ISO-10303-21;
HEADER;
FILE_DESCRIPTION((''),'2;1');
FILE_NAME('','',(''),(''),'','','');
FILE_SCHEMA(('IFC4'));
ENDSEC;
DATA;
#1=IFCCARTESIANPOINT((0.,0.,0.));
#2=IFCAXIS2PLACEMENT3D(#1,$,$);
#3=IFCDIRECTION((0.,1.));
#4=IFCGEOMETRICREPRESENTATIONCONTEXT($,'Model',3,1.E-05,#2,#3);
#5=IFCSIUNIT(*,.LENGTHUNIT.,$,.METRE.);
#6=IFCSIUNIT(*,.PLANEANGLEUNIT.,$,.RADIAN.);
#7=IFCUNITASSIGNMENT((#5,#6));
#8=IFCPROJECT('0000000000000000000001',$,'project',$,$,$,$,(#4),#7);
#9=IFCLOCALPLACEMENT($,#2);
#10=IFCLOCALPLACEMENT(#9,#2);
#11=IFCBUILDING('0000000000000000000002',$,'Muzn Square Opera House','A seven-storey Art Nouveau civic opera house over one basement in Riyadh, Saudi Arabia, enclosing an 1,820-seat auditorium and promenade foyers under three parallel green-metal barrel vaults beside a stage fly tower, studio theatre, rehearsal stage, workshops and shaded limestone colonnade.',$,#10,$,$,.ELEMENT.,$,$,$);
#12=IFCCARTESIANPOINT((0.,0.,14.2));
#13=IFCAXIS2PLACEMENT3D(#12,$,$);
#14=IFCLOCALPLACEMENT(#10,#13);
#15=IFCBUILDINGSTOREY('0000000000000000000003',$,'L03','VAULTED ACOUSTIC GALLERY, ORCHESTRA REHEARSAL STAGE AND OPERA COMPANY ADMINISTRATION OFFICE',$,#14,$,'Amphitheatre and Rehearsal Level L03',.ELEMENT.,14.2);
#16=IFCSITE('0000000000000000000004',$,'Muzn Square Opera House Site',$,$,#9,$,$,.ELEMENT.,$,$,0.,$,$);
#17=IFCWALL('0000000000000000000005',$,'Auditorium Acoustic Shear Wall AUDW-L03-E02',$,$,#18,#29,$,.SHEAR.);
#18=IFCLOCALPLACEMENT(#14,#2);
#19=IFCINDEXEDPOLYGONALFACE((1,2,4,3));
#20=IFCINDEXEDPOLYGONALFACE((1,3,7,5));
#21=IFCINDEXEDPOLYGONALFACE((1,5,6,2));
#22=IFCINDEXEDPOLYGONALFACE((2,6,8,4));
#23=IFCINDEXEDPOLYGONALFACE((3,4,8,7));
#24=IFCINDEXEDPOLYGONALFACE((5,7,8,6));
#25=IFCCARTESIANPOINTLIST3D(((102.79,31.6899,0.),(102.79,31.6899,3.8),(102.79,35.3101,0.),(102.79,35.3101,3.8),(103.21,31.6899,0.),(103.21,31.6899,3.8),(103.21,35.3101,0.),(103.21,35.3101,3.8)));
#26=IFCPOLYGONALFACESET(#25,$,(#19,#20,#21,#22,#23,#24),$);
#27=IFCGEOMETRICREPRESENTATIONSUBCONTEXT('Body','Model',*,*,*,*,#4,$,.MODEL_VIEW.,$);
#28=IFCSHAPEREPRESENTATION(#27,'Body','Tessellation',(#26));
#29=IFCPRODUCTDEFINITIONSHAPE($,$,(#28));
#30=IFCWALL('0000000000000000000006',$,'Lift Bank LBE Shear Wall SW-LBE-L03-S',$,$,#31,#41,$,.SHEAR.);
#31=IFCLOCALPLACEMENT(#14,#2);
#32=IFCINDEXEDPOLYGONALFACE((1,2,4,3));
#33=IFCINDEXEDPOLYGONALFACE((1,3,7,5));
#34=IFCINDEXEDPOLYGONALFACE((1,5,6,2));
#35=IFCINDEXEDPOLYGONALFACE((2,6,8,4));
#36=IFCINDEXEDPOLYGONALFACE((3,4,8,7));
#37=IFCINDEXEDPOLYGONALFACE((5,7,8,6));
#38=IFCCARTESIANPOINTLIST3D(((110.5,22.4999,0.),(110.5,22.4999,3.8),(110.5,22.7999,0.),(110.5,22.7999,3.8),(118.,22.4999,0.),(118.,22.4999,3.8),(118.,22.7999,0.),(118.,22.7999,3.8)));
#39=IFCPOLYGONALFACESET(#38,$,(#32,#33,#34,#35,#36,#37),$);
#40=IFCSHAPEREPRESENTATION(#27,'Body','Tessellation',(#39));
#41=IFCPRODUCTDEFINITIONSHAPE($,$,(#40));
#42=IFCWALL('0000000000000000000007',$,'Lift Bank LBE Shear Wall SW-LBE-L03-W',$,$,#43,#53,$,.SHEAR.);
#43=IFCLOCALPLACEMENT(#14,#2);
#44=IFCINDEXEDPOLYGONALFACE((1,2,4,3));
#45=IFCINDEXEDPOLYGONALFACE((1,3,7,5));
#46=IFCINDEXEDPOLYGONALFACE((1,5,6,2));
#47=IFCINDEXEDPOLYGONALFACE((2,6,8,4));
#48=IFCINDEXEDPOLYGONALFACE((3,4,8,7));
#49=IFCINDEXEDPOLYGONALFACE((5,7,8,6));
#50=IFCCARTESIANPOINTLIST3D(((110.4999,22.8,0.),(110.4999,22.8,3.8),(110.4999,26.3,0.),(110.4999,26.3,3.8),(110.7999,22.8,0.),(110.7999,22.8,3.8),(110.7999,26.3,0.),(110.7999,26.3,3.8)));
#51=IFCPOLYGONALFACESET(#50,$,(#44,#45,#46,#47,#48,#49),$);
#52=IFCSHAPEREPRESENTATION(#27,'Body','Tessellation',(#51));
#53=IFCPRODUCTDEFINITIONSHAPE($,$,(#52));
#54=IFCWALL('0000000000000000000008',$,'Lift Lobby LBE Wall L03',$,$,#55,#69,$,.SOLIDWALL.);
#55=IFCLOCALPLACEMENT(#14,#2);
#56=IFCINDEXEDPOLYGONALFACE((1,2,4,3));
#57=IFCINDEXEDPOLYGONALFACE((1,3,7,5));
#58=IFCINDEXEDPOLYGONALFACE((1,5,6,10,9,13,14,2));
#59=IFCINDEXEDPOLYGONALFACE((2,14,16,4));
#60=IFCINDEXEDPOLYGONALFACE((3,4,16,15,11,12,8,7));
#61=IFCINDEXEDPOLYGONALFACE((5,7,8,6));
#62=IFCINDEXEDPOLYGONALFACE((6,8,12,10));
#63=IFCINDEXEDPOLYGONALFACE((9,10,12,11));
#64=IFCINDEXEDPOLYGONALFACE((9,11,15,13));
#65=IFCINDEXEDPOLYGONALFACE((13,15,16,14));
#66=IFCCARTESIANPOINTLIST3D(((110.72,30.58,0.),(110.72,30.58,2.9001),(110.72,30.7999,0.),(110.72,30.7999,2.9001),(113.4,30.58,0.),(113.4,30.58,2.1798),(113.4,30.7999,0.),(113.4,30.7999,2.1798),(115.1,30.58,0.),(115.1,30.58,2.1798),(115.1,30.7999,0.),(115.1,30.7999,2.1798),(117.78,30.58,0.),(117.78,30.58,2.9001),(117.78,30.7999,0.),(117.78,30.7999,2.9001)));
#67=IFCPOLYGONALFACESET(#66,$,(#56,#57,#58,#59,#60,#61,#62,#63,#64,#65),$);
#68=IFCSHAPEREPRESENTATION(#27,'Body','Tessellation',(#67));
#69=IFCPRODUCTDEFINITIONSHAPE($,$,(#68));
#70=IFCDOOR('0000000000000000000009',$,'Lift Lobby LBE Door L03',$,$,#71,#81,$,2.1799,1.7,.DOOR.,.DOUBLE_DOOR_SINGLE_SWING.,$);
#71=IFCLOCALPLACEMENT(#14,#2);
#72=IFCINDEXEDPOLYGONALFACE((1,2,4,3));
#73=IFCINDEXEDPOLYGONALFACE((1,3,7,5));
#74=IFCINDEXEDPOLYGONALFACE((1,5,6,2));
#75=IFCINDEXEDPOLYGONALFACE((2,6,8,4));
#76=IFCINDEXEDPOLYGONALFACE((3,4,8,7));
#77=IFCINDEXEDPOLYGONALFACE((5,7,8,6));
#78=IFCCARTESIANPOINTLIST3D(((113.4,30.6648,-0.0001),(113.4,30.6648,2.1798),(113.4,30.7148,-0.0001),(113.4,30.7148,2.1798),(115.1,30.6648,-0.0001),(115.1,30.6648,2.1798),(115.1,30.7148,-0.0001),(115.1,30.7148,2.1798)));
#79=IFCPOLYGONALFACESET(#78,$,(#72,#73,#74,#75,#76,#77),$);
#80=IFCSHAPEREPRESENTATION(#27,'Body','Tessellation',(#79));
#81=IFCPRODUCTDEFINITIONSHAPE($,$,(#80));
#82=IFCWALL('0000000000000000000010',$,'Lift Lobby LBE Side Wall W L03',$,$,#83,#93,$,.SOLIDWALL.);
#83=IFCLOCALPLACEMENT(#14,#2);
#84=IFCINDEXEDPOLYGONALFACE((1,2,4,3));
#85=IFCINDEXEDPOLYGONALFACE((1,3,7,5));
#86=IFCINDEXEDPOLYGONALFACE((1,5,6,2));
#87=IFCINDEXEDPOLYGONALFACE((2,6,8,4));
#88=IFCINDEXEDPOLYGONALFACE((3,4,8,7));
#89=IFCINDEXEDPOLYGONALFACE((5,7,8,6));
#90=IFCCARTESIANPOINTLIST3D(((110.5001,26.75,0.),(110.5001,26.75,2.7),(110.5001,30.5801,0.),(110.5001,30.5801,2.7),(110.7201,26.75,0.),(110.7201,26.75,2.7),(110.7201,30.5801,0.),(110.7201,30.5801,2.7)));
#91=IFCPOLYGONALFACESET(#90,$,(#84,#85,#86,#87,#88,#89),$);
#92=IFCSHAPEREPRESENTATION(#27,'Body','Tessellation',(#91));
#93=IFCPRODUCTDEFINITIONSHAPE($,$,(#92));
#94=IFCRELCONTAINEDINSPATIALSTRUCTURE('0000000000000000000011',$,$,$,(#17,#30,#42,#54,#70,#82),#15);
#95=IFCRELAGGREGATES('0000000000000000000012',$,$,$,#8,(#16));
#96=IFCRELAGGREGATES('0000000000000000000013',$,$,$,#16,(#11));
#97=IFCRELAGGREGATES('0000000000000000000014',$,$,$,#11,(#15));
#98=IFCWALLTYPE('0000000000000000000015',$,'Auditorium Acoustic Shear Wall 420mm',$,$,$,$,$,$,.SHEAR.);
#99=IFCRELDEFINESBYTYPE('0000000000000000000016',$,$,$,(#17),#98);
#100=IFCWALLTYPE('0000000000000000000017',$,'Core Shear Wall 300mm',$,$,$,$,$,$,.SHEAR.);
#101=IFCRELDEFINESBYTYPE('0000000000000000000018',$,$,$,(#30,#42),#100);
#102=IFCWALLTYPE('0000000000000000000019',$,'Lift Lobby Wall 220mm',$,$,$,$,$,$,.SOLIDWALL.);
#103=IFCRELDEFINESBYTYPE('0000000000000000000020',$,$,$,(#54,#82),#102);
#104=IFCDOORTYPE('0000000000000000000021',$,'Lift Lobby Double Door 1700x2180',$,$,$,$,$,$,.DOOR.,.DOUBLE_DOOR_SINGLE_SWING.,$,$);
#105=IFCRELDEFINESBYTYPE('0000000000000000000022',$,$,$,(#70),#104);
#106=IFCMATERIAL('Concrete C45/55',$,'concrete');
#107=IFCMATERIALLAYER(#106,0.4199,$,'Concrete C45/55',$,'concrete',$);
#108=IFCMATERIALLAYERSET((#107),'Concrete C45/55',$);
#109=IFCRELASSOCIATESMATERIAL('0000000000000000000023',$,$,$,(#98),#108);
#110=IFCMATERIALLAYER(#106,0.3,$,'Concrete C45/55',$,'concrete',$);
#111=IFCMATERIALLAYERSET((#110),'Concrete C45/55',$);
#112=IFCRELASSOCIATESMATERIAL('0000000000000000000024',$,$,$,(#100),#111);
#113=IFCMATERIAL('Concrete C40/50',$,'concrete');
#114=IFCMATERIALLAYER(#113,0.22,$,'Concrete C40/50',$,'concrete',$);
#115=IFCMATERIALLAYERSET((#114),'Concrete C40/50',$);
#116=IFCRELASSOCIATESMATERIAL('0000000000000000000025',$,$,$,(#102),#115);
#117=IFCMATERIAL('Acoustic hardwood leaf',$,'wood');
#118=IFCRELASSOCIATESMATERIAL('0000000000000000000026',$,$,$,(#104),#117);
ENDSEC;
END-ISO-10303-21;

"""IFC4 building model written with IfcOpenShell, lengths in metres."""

from ifc_helpers import new_model, si_unit, direction, frame, frame_2d, origin, place, context, subcontext, project, spatial, rectangle, extrude, material, layer, layer_set, type_object, element, fill, save


model = new_model("IFC4")

# Units and contexts
model_context = context("Model", 3, precision=1e-05, world=origin(), true_north=direction((0.0, 1.0)))
body_context = subcontext(model_context, "Body", "Model", "MODEL_VIEW")
ifc_project = project(units=[si_unit("LENGTHUNIT", "METRE"), si_unit("PLANEANGLEUNIT", "RADIAN")], contexts=[model_context])

# Site, building, storey
site_placement = place(None, origin())
site = spatial("IfcSite", under=ifc_project, at=site_placement, Name="Muzn Square Opera House Site", CompositionType="ELEMENT", RefElevation=0.0)
building_placement = place(site_placement, origin())
building = spatial("IfcBuilding", under=site, at=building_placement, Name="Muzn Square Opera House", Description="A seven-storey Art Nouveau civic opera house over one basement in Riyadh, Saudi Arabia, enclosing an 1,820-seat auditorium and promenade foyers under three parallel green-metal barrel vaults beside a stage fly tower, studio theatre, rehearsal stage, workshops and shaded limestone colonnade.", CompositionType="ELEMENT")
storey_placement = place(building_placement, frame((0.0, 0.0, 14.2)))
storey = spatial("IfcBuildingStorey", under=building, at=storey_placement, Name="L03", Description="VAULTED ACOUSTIC GALLERY, ORCHESTRA REHEARSAL STAGE AND OPERA COMPANY ADMINISTRATION OFFICE", LongName="Amphitheatre and Rehearsal Level L03", CompositionType="ELEMENT", Elevation=14.2)

# Shared definitions
ifc_material_1 = material(Name="Concrete C45/55", Category="concrete")

# Shared definitions
ifc_material_2 = material(Name="Concrete C40/50", Category="concrete")

# Walls
ifc_layer_1 = layer(ifc_material_1, 0.4199, Name="Concrete C45/55", Category="concrete")
ifc_layer_set_1 = layer_set([ifc_layer_1], Name="Concrete C45/55")
wall_type_1 = type_object("IfcWallType", Name="Auditorium Acoustic Shear Wall 420mm", PredefinedType="SHEAR", material=ifc_layer_set_1)
for number, where, z_axis, x_axis, name in (
    (1, (103.0, 31.6899, 0.0), (0.0, 0.0, 1.0), (0.0, 1.0, 0.0), "Auditorium Acoustic Shear Wall AUDW-L03-E02"),
):
    element("IfcWall", number, at=place(storey_placement, frame(where, z_axis=z_axis, x_axis=x_axis)), inside=storey, type_object=wall_type_1, Name=name, PredefinedType="SHEAR", context=body_context, shape_type="SweptSolid", body=[
        extrude(rectangle(XDim=3.6201, YDim=0.4199, at=frame_2d((1.8101, 0.0))), origin(), (0.0, 0.0, 1.0), 3.8),
    ])
ifc_layer_2 = layer(ifc_material_1, 0.3, Name="Concrete C45/55", Category="concrete")
ifc_layer_set_2 = layer_set([ifc_layer_2], Name="Concrete C45/55")
wall_type_2 = type_object("IfcWallType", Name="Core Shear Wall 300mm", PredefinedType="SHEAR", material=ifc_layer_set_2)
wall_1_placement = place(storey_placement, frame((110.5, 22.6499, 0.0), z_axis=(0.0, 0.0, 1.0), x_axis=(1.0, 0.0, 0.0)))
element("IfcWall", 2, at=wall_1_placement, inside=storey, type_object=wall_type_2, Name="Lift Bank LBE Shear Wall SW-LBE-L03-S", PredefinedType="SHEAR", context=body_context, shape_type="SweptSolid", body=[
    extrude(rectangle(XDim=7.5, YDim=0.3, at=frame_2d((3.75, 0.0))), origin(), (0.0, 0.0, 1.0), 3.8),
])
wall_2_placement = place(storey_placement, frame((110.6499, 22.8, 0.0), z_axis=(0.0, 0.0, 1.0), x_axis=(0.0, 1.0, 0.0)))
element("IfcWall", 3, at=wall_2_placement, inside=storey, type_object=wall_type_2, Name="Lift Bank LBE Shear Wall SW-LBE-L03-W", PredefinedType="SHEAR", context=body_context, shape_type="SweptSolid", body=[
    extrude(rectangle(XDim=3.5, YDim=0.3, at=frame_2d((1.75, 0.0))), origin(), (0.0, 0.0, 1.0), 3.8),
])

# Wall, opening, door
ifc_layer_3 = layer(ifc_material_2, 0.22, Name="Concrete C40/50", Category="concrete")
ifc_layer_set_3 = layer_set([ifc_layer_3], Name="Concrete C40/50")
wall_type_3 = type_object("IfcWallType", Name="Lift Lobby Wall 220mm", PredefinedType="SOLIDWALL", material=ifc_layer_set_3)
wall_3_placement = place(storey_placement, frame((110.72, 30.6899, 0.0), z_axis=(0.0, 0.0, 1.0), x_axis=(1.0, 0.0, 0.0)))
wall_3 = element("IfcWall", 4, at=wall_3_placement, inside=storey, type_object=wall_type_3, Name="Lift Lobby LBE Wall L03", PredefinedType="SOLIDWALL", context=body_context, shape_type="SweptSolid", body=[
    extrude(rectangle(XDim=7.0601, YDim=0.22, at=frame_2d((3.53, 0.0))), origin(), (0.0, 0.0, 1.0), 2.9001),
])
opening_1_placement = place(wall_3_placement, frame((2.6799, 0.0, 0.0)))
opening_1 = element("IfcOpeningElement", 5, at=opening_1_placement, cuts=wall_3, PredefinedType="OPENING", context=body_context, shape_type="SweptSolid", body=[
    extrude(rectangle(XDim=1.7, YDim=2.1799, at=frame_2d((0.8501, 1.0898))), frame((0.0, 0.1199, 0.0), z_axis=(0.0, -1.0, 0.0), x_axis=(1.0, 0.0, 0.0)), (0.0, 0.0, 1.0), 0.24),
])
ifc_material_3 = material(Name="Acoustic hardwood leaf", Category="wood")
door_type_1 = type_object("IfcDoorType", Name="Lift Lobby Double Door 1700x2180", OperationType="DOUBLE_DOOR_SINGLE_SWING", PredefinedType="DOOR", material=ifc_material_3)
door_1_placement = place(opening_1_placement, origin())
door_1 = element("IfcDoor", 6, at=door_1_placement, inside=storey, type_object=door_type_1, Name="Lift Lobby LBE Door L03", OperationType="DOUBLE_DOOR_SINGLE_SWING", OverallHeight=2.1799, OverallWidth=1.7, PredefinedType="DOOR", context=body_context, shape_type="SweptSolid", body=[
    extrude(rectangle(XDim=1.7, YDim=2.1799, at=frame_2d((0.8501, 1.0898))), frame((0.0, 0.0249, 0.0), z_axis=(0.0, -1.0, 0.0), x_axis=(1.0, 0.0, 0.0)), (0.0, 0.0, 1.0), 0.05),
])
fill(opening_1, door_1)

# Wall
wall_4_placement = place(storey_placement, frame((110.6101, 26.75, 0.0), z_axis=(0.0, 0.0, 1.0), x_axis=(0.0, 1.0, 0.0)))
element("IfcWall", 7, at=wall_4_placement, inside=storey, type_object=wall_type_3, Name="Lift Lobby LBE Side Wall W L03", PredefinedType="SOLIDWALL", context=body_context, shape_type="SweptSolid", body=[
    extrude(rectangle(XDim=3.8301, YDim=0.22, at=frame_2d((1.915, 0.0))), origin(), (0.0, 0.0, 1.0), 2.7),
])

save(model, "model.ifc")
